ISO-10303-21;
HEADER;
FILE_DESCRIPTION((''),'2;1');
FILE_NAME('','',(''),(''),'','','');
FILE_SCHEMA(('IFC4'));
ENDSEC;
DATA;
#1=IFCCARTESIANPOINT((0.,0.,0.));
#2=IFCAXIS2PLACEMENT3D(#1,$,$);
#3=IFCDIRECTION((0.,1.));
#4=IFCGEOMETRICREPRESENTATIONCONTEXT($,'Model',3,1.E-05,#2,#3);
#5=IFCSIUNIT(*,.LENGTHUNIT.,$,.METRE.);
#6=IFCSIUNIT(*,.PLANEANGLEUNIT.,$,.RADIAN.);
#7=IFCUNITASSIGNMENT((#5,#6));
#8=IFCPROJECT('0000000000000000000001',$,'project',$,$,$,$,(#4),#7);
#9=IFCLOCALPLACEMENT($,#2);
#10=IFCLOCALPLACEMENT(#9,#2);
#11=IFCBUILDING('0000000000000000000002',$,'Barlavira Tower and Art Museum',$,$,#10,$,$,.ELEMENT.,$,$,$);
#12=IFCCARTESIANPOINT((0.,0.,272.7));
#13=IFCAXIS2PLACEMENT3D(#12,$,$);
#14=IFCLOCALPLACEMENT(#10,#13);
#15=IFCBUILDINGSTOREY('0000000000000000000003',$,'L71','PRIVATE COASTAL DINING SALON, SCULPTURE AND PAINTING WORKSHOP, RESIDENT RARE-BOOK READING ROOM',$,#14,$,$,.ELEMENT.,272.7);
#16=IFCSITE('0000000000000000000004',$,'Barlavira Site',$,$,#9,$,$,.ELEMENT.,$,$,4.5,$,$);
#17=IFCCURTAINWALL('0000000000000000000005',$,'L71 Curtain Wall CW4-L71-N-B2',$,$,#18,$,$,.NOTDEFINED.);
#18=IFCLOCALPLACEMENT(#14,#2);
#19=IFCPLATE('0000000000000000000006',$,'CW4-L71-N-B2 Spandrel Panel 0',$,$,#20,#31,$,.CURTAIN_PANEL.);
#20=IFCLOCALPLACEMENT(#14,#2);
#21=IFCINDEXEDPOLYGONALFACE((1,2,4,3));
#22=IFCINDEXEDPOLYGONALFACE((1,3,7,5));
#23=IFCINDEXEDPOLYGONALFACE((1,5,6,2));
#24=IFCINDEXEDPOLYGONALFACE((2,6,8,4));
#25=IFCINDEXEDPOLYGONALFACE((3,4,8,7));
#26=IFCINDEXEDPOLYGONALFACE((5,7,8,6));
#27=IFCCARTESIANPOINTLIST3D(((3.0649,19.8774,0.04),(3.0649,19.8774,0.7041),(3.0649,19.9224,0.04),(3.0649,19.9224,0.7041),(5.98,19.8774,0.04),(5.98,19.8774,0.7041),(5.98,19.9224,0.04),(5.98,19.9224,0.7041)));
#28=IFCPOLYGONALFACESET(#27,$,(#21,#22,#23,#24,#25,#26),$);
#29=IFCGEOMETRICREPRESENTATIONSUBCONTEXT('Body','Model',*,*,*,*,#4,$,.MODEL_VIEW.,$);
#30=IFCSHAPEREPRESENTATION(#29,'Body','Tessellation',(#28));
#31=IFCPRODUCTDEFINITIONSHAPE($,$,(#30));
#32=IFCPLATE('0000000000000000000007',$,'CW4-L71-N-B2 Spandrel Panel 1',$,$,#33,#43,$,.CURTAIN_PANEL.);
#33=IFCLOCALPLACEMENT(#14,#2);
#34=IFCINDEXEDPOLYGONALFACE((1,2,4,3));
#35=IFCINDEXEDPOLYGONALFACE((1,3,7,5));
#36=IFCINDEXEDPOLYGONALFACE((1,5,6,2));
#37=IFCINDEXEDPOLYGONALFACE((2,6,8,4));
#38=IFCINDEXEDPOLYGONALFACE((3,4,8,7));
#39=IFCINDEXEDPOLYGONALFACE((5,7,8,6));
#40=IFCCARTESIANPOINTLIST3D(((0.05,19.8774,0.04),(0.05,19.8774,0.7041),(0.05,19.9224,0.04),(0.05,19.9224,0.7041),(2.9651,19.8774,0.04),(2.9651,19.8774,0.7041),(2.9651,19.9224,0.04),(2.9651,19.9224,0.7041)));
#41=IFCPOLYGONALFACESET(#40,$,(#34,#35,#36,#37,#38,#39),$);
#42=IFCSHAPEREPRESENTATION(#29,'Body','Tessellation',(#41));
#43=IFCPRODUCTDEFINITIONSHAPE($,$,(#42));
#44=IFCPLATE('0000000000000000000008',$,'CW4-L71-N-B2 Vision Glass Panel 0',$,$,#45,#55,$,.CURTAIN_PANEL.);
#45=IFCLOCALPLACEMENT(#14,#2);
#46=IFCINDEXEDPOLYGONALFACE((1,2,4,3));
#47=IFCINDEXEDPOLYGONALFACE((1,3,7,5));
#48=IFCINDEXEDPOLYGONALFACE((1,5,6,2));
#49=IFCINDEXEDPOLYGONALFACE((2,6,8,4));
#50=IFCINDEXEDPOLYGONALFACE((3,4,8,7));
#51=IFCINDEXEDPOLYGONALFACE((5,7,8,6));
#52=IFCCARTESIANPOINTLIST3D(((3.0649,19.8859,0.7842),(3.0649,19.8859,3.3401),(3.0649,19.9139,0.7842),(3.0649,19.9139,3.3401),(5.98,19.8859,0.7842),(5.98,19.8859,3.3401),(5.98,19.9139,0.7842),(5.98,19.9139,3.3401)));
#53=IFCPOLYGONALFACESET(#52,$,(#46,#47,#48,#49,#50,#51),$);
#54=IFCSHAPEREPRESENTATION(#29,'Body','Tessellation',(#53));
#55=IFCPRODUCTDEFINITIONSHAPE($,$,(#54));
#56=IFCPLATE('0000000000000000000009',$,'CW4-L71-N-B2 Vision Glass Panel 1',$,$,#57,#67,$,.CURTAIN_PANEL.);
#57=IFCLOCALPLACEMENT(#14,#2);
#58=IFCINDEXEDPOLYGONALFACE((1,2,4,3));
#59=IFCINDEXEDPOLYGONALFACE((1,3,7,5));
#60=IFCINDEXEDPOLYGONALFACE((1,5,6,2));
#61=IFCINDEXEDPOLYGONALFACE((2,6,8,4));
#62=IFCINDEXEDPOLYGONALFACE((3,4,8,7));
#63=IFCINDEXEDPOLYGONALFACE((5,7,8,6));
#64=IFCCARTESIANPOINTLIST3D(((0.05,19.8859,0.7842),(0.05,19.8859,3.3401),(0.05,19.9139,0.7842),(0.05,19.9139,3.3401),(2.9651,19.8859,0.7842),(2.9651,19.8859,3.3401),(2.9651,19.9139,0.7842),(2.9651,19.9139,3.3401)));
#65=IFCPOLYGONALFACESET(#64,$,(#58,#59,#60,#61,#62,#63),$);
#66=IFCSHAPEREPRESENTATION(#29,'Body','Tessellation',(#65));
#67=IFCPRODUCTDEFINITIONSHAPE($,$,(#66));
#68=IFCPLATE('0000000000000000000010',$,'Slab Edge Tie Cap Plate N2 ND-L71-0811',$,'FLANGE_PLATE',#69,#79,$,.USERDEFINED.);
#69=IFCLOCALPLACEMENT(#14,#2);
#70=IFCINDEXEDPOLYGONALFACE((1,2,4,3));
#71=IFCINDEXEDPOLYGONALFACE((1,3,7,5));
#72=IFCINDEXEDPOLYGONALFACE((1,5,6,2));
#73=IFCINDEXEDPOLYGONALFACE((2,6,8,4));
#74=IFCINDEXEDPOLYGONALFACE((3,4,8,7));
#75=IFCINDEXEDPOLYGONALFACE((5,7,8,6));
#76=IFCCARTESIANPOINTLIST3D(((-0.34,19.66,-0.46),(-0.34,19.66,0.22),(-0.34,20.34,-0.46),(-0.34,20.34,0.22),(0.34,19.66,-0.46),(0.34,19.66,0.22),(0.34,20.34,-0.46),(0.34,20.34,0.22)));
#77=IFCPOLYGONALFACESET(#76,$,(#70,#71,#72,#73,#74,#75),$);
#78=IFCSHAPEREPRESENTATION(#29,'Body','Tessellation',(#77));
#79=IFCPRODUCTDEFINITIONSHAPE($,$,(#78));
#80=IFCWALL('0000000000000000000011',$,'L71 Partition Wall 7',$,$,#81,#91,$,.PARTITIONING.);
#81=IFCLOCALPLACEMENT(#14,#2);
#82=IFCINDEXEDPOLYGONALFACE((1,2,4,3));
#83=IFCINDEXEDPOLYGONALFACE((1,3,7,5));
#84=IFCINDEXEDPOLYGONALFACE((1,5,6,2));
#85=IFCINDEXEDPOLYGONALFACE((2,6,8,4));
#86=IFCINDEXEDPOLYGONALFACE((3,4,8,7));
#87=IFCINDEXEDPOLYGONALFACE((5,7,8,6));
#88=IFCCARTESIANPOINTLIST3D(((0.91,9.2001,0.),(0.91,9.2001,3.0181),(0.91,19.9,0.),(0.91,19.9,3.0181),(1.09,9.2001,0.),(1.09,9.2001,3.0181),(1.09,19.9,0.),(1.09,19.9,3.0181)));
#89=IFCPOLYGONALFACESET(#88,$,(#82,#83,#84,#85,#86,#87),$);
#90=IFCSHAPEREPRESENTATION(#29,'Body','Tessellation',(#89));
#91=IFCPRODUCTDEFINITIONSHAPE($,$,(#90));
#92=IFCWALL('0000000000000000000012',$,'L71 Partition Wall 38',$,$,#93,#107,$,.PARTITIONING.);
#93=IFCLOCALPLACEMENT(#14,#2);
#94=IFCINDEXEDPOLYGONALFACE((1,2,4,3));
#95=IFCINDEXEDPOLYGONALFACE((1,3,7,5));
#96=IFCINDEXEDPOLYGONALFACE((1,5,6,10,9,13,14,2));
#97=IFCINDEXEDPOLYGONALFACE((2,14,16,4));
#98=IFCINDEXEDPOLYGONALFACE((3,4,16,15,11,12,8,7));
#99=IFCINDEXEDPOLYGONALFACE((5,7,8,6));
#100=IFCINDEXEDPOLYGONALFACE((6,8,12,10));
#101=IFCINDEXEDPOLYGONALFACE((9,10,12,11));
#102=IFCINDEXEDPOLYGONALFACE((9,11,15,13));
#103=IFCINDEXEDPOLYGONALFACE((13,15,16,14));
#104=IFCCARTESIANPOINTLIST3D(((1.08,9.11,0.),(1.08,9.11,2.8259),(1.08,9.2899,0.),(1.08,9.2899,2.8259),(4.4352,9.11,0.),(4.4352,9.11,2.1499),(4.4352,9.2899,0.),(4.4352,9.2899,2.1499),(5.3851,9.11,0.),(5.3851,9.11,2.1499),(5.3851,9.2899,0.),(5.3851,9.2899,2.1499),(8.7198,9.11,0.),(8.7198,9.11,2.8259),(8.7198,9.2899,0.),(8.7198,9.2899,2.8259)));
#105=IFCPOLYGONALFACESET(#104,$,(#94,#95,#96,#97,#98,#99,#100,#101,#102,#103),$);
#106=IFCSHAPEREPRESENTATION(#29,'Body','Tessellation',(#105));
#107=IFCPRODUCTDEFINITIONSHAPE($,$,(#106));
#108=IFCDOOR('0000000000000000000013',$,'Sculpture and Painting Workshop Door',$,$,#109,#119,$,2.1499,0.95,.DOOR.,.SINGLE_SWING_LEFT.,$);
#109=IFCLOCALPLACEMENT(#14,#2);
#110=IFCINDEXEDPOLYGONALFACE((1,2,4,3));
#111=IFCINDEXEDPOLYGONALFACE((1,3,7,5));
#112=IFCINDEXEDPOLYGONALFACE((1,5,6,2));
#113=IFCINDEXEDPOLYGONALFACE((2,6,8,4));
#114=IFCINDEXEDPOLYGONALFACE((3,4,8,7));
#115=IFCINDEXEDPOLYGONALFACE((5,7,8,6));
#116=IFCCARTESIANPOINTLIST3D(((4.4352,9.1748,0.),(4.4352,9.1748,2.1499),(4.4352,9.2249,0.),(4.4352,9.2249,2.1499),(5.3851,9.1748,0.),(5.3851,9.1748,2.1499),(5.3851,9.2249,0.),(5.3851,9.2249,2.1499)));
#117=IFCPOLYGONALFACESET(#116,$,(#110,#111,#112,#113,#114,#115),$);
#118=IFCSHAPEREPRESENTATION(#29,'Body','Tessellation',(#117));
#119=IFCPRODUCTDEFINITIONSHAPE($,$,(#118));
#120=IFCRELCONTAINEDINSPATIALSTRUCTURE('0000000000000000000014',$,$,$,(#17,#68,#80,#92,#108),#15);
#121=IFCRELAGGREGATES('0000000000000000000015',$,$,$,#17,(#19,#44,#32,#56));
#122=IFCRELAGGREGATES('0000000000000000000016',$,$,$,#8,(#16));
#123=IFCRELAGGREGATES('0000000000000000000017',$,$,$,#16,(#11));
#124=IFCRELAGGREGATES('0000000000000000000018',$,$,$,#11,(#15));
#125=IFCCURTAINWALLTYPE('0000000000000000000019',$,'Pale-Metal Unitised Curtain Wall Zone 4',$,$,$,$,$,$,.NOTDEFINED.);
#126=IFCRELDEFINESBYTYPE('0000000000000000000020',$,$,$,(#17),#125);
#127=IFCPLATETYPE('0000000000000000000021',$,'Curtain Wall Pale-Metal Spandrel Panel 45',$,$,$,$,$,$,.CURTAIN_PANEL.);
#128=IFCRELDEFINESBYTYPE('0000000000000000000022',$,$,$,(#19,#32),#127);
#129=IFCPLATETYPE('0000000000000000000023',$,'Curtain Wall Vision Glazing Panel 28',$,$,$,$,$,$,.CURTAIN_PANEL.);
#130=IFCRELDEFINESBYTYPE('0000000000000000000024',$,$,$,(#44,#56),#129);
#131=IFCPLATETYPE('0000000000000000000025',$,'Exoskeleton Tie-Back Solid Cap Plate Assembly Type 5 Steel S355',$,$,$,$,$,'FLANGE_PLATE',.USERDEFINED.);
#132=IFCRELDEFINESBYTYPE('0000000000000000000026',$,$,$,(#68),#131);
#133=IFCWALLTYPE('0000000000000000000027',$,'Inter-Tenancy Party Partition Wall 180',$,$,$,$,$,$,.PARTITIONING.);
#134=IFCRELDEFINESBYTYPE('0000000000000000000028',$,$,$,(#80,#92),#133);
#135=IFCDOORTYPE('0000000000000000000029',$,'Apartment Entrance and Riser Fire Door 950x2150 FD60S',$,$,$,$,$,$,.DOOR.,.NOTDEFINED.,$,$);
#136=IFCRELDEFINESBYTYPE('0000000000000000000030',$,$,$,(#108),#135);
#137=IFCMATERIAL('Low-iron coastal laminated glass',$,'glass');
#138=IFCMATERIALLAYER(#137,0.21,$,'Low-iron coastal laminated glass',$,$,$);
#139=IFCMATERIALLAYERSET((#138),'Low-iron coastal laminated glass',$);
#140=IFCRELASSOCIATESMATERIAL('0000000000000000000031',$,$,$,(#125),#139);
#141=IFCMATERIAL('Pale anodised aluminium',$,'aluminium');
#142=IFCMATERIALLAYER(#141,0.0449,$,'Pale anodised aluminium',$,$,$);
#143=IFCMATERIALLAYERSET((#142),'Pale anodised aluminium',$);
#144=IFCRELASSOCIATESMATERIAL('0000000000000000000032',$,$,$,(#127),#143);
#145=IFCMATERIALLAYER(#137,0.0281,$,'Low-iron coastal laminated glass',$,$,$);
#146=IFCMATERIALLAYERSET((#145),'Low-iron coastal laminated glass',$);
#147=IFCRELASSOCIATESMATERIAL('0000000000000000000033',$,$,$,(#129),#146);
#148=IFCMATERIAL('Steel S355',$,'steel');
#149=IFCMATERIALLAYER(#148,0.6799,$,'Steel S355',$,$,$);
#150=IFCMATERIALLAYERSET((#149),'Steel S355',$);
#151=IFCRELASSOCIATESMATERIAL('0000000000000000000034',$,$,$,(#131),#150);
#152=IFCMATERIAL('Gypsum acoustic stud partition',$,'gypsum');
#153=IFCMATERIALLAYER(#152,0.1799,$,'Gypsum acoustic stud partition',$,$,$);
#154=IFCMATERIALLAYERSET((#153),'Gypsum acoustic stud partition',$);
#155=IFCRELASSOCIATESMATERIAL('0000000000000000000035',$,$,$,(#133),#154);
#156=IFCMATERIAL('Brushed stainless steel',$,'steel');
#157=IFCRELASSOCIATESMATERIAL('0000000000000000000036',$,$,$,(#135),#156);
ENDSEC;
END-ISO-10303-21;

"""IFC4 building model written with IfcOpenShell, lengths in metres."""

from ifc_helpers import new_model, si_unit, direction, frame, frame_2d, origin, origin_2d, place, context, subcontext, project, spatial, rectangle, extrude, material, layer, layer_set, type_object, element, fill, aggregate, save


model = new_model("IFC4")

# Units and contexts
model_context = context("Model", 3, precision=1e-05, world=origin(), true_north=direction((0.0, 1.0)))
body_context = subcontext(model_context, "Body", "Model", "MODEL_VIEW")
ifc_project = project(units=[si_unit("LENGTHUNIT", "METRE"), si_unit("PLANEANGLEUNIT", "RADIAN")], contexts=[model_context])

# Site, building, storey
site_placement = place(None, origin())
site = spatial("IfcSite", under=ifc_project, at=site_placement, Name="Barlavira Site", CompositionType="ELEMENT", RefElevation=4.5)
building_placement = place(site_placement, origin())
building = spatial("IfcBuilding", under=site, at=building_placement, Name="Barlavira Tower and Art Museum", CompositionType="ELEMENT")
storey_placement = place(building_placement, frame((0.0, 0.0, 272.7)))
storey = spatial("IfcBuildingStorey", under=building, at=storey_placement, Name="L71", Description="PRIVATE COASTAL DINING SALON, SCULPTURE AND PAINTING WORKSHOP, RESIDENT RARE-BOOK READING ROOM", CompositionType="ELEMENT", Elevation=272.7)

# Curtain wall
ifc_material_1 = material(Name="Low-iron coastal laminated glass", Category="glass")
ifc_layer_1 = layer(ifc_material_1, 0.21, Name="Low-iron coastal laminated glass")
ifc_layer_set_1 = layer_set([ifc_layer_1], Name="Low-iron coastal laminated glass")
curtain_wall_type = type_object("IfcCurtainWallType", Name="Pale-Metal Unitised Curtain Wall Zone 4", PredefinedType="NOTDEFINED", material=ifc_layer_set_1)
curtain_wall_placement = place(storey_placement, origin())
curtain_wall = element("IfcCurtainWall", 1, at=curtain_wall_placement, inside=storey, type_object=curtain_wall_type, Name="L71 Curtain Wall CW4-L71-N-B2", PredefinedType="NOTDEFINED")
ifc_material_2 = material(Name="Pale anodised aluminium", Category="aluminium")

# Shared definitions
ifc_material_3 = material(Name="Steel S355", Category="steel")

# Plates
ifc_layer_2 = layer(ifc_material_2, 0.0449, Name="Pale anodised aluminium")
ifc_layer_set_2 = layer_set([ifc_layer_2], Name="Pale anodised aluminium")
plate_type_1 = type_object("IfcPlateType", Name="Curtain Wall Pale-Metal Spandrel Panel 45", PredefinedType="CURTAIN_PANEL", material=ifc_layer_set_2)
plate_1_placement = place(storey_placement, frame((4.5225, 19.8999, 0.04), z_axis=(0.0, 0.0, 1.0), x_axis=(-1.0, 0.0, 0.0)))
plate_1 = element("IfcPlate", 2, at=plate_1_placement, type_object=plate_type_1, Name="CW4-L71-N-B2 Spandrel Panel 0", PredefinedType="CURTAIN_PANEL", context=body_context, shape_type="SweptSolid", body=[
    extrude(rectangle(XDim=2.915, YDim=0.0449, at=origin_2d()), origin(), (0.0, 0.0, 1.0), 0.6641),
])
plate_2_placement = place(storey_placement, frame((1.5076, 19.8999, 0.04), z_axis=(0.0, 0.0, 1.0), x_axis=(-1.0, 0.0, 0.0)))
plate_2 = element("IfcPlate", 3, at=plate_2_placement, type_object=plate_type_1, Name="CW4-L71-N-B2 Spandrel Panel 1", PredefinedType="CURTAIN_PANEL", context=body_context, shape_type="SweptSolid", body=[
    extrude(rectangle(XDim=2.915, YDim=0.0449, at=origin_2d()), origin(), (0.0, 0.0, 1.0), 0.6641),
])
ifc_layer_3 = layer(ifc_material_1, 0.0281, Name="Low-iron coastal laminated glass")
ifc_layer_set_3 = layer_set([ifc_layer_3], Name="Low-iron coastal laminated glass")
plate_type_2 = type_object("IfcPlateType", Name="Curtain Wall Vision Glazing Panel 28", PredefinedType="CURTAIN_PANEL", material=ifc_layer_set_3)
plate_3_placement = place(storey_placement, frame((4.5225, 19.8999, 0.7842), z_axis=(0.0, 0.0, 1.0), x_axis=(-1.0, 0.0, 0.0)))
plate_3 = element("IfcPlate", 4, at=plate_3_placement, type_object=plate_type_2, Name="CW4-L71-N-B2 Vision Glass Panel 0", PredefinedType="CURTAIN_PANEL", context=body_context, shape_type="SweptSolid", body=[
    extrude(rectangle(XDim=2.915, YDim=0.0281, at=origin_2d()), origin(), (0.0, 0.0, 1.0), 2.5559),
])
plate_4_placement = place(storey_placement, frame((1.5076, 19.8999, 0.7842), z_axis=(0.0, 0.0, 1.0), x_axis=(-1.0, 0.0, 0.0)))
plate_4 = element("IfcPlate", 5, at=plate_4_placement, type_object=plate_type_2, Name="CW4-L71-N-B2 Vision Glass Panel 1", PredefinedType="CURTAIN_PANEL", context=body_context, shape_type="SweptSolid", body=[
    extrude(rectangle(XDim=2.915, YDim=0.0281, at=origin_2d()), origin(), (0.0, 0.0, 1.0), 2.5559),
])
aggregate(curtain_wall, [plate_1, plate_3, plate_2, plate_4])
ifc_layer_4 = layer(ifc_material_3, 0.6799, Name="Steel S355")
ifc_layer_set_4 = layer_set([ifc_layer_4], Name="Steel S355")
plate_type_3 = type_object("IfcPlateType", Name="Exoskeleton Tie-Back Solid Cap Plate Assembly Type 5 Steel S355", ElementType="FLANGE_PLATE", PredefinedType="USERDEFINED", material=ifc_layer_set_4)
plate_5_placement = place(storey_placement, frame((0.0, 20.0, -0.46), z_axis=(0.0, 0.0, 1.0), x_axis=(1.0, 0.0, 0.0)))
element("IfcPlate", 6, at=plate_5_placement, inside=storey, type_object=plate_type_3, Name="Slab Edge Tie Cap Plate N2 ND-L71-0811", ObjectType="FLANGE_PLATE", PredefinedType="USERDEFINED", context=body_context, shape_type="SweptSolid", body=[
    extrude(rectangle(XDim=0.6799, YDim=0.6799, at=origin_2d()), origin(), (0.0, 0.0, 1.0), 0.6799),
])

# Wall
ifc_material_4 = material(Name="Gypsum acoustic stud partition", Category="gypsum")
ifc_layer_5 = layer(ifc_material_4, 0.1799, Name="Gypsum acoustic stud partition")
ifc_layer_set_5 = layer_set([ifc_layer_5], Name="Gypsum acoustic stud partition")
wall_type = type_object("IfcWallType", Name="Inter-Tenancy Party Partition Wall 180", PredefinedType="PARTITIONING", material=ifc_layer_set_5)
wall_1_placement = place(storey_placement, frame((1.0, 9.2, 0.0), z_axis=(0.0, 0.0, 1.0), x_axis=(0.0, 1.0, 0.0)))
element("IfcWall", 7, at=wall_1_placement, inside=storey, type_object=wall_type, Name="L71 Partition Wall 7", PredefinedType="PARTITIONING", context=body_context, shape_type="SweptSolid", body=[
    extrude(rectangle(XDim=10.7, YDim=0.1799, at=frame_2d((5.3501, 0.0))), origin(), (0.0, 0.0, 1.0), 3.0181),
])

# Wall, opening, door
wall_2_placement = place(storey_placement, frame((1.0801, 9.2, 0.0), z_axis=(0.0, 0.0, 1.0), x_axis=(1.0, 0.0, 0.0)))
wall_2 = element("IfcWall", 8, at=wall_2_placement, inside=storey, type_object=wall_type, Name="L71 Partition Wall 38", PredefinedType="PARTITIONING", context=body_context, shape_type="SweptSolid", body=[
    extrude(rectangle(XDim=7.6399, YDim=0.1799, at=frame_2d((3.8198, 0.0))), origin(), (0.0, 0.0, 1.0), 2.8259),
])
opening_placement = place(wall_2_placement, frame((3.355, 0.0, 0.0)))
opening = element("IfcOpeningElement", 9, at=opening_placement, cuts=wall_2, PredefinedType="OPENING", context=body_context, shape_type="SweptSolid", body=[
    extrude(rectangle(XDim=0.95, YDim=2.1499, at=frame_2d((0.4751, 1.075))), frame((0.0, 0.1001, 0.0), z_axis=(0.0, -1.0, 0.0), x_axis=(1.0, 0.0, 0.0)), (0.0, 0.0, 1.0), 0.2),
])
ifc_material_5 = material(Name="Brushed stainless steel", Category="steel")
door_type = type_object("IfcDoorType", Name="Apartment Entrance and Riser Fire Door 950x2150 FD60S", OperationType="NOTDEFINED", PredefinedType="DOOR", material=ifc_material_5)
door_placement = place(opening_placement, origin())
door = element("IfcDoor", 10, at=door_placement, inside=storey, type_object=door_type, Name="Sculpture and Painting Workshop Door", OperationType="SINGLE_SWING_LEFT", OverallHeight=2.1499, OverallWidth=0.95, PredefinedType="DOOR", context=body_context, shape_type="SweptSolid", body=[
    extrude(rectangle(XDim=0.95, YDim=2.1499, at=frame_2d((0.4751, 1.075))), frame((0.0, 0.0249, 0.0), z_axis=(0.0, -1.0, 0.0), x_axis=(1.0, 0.0, 0.0)), (0.0, 0.0, 1.0), 0.05),
])
fill(opening, door)

save(model, "model.ifc")
